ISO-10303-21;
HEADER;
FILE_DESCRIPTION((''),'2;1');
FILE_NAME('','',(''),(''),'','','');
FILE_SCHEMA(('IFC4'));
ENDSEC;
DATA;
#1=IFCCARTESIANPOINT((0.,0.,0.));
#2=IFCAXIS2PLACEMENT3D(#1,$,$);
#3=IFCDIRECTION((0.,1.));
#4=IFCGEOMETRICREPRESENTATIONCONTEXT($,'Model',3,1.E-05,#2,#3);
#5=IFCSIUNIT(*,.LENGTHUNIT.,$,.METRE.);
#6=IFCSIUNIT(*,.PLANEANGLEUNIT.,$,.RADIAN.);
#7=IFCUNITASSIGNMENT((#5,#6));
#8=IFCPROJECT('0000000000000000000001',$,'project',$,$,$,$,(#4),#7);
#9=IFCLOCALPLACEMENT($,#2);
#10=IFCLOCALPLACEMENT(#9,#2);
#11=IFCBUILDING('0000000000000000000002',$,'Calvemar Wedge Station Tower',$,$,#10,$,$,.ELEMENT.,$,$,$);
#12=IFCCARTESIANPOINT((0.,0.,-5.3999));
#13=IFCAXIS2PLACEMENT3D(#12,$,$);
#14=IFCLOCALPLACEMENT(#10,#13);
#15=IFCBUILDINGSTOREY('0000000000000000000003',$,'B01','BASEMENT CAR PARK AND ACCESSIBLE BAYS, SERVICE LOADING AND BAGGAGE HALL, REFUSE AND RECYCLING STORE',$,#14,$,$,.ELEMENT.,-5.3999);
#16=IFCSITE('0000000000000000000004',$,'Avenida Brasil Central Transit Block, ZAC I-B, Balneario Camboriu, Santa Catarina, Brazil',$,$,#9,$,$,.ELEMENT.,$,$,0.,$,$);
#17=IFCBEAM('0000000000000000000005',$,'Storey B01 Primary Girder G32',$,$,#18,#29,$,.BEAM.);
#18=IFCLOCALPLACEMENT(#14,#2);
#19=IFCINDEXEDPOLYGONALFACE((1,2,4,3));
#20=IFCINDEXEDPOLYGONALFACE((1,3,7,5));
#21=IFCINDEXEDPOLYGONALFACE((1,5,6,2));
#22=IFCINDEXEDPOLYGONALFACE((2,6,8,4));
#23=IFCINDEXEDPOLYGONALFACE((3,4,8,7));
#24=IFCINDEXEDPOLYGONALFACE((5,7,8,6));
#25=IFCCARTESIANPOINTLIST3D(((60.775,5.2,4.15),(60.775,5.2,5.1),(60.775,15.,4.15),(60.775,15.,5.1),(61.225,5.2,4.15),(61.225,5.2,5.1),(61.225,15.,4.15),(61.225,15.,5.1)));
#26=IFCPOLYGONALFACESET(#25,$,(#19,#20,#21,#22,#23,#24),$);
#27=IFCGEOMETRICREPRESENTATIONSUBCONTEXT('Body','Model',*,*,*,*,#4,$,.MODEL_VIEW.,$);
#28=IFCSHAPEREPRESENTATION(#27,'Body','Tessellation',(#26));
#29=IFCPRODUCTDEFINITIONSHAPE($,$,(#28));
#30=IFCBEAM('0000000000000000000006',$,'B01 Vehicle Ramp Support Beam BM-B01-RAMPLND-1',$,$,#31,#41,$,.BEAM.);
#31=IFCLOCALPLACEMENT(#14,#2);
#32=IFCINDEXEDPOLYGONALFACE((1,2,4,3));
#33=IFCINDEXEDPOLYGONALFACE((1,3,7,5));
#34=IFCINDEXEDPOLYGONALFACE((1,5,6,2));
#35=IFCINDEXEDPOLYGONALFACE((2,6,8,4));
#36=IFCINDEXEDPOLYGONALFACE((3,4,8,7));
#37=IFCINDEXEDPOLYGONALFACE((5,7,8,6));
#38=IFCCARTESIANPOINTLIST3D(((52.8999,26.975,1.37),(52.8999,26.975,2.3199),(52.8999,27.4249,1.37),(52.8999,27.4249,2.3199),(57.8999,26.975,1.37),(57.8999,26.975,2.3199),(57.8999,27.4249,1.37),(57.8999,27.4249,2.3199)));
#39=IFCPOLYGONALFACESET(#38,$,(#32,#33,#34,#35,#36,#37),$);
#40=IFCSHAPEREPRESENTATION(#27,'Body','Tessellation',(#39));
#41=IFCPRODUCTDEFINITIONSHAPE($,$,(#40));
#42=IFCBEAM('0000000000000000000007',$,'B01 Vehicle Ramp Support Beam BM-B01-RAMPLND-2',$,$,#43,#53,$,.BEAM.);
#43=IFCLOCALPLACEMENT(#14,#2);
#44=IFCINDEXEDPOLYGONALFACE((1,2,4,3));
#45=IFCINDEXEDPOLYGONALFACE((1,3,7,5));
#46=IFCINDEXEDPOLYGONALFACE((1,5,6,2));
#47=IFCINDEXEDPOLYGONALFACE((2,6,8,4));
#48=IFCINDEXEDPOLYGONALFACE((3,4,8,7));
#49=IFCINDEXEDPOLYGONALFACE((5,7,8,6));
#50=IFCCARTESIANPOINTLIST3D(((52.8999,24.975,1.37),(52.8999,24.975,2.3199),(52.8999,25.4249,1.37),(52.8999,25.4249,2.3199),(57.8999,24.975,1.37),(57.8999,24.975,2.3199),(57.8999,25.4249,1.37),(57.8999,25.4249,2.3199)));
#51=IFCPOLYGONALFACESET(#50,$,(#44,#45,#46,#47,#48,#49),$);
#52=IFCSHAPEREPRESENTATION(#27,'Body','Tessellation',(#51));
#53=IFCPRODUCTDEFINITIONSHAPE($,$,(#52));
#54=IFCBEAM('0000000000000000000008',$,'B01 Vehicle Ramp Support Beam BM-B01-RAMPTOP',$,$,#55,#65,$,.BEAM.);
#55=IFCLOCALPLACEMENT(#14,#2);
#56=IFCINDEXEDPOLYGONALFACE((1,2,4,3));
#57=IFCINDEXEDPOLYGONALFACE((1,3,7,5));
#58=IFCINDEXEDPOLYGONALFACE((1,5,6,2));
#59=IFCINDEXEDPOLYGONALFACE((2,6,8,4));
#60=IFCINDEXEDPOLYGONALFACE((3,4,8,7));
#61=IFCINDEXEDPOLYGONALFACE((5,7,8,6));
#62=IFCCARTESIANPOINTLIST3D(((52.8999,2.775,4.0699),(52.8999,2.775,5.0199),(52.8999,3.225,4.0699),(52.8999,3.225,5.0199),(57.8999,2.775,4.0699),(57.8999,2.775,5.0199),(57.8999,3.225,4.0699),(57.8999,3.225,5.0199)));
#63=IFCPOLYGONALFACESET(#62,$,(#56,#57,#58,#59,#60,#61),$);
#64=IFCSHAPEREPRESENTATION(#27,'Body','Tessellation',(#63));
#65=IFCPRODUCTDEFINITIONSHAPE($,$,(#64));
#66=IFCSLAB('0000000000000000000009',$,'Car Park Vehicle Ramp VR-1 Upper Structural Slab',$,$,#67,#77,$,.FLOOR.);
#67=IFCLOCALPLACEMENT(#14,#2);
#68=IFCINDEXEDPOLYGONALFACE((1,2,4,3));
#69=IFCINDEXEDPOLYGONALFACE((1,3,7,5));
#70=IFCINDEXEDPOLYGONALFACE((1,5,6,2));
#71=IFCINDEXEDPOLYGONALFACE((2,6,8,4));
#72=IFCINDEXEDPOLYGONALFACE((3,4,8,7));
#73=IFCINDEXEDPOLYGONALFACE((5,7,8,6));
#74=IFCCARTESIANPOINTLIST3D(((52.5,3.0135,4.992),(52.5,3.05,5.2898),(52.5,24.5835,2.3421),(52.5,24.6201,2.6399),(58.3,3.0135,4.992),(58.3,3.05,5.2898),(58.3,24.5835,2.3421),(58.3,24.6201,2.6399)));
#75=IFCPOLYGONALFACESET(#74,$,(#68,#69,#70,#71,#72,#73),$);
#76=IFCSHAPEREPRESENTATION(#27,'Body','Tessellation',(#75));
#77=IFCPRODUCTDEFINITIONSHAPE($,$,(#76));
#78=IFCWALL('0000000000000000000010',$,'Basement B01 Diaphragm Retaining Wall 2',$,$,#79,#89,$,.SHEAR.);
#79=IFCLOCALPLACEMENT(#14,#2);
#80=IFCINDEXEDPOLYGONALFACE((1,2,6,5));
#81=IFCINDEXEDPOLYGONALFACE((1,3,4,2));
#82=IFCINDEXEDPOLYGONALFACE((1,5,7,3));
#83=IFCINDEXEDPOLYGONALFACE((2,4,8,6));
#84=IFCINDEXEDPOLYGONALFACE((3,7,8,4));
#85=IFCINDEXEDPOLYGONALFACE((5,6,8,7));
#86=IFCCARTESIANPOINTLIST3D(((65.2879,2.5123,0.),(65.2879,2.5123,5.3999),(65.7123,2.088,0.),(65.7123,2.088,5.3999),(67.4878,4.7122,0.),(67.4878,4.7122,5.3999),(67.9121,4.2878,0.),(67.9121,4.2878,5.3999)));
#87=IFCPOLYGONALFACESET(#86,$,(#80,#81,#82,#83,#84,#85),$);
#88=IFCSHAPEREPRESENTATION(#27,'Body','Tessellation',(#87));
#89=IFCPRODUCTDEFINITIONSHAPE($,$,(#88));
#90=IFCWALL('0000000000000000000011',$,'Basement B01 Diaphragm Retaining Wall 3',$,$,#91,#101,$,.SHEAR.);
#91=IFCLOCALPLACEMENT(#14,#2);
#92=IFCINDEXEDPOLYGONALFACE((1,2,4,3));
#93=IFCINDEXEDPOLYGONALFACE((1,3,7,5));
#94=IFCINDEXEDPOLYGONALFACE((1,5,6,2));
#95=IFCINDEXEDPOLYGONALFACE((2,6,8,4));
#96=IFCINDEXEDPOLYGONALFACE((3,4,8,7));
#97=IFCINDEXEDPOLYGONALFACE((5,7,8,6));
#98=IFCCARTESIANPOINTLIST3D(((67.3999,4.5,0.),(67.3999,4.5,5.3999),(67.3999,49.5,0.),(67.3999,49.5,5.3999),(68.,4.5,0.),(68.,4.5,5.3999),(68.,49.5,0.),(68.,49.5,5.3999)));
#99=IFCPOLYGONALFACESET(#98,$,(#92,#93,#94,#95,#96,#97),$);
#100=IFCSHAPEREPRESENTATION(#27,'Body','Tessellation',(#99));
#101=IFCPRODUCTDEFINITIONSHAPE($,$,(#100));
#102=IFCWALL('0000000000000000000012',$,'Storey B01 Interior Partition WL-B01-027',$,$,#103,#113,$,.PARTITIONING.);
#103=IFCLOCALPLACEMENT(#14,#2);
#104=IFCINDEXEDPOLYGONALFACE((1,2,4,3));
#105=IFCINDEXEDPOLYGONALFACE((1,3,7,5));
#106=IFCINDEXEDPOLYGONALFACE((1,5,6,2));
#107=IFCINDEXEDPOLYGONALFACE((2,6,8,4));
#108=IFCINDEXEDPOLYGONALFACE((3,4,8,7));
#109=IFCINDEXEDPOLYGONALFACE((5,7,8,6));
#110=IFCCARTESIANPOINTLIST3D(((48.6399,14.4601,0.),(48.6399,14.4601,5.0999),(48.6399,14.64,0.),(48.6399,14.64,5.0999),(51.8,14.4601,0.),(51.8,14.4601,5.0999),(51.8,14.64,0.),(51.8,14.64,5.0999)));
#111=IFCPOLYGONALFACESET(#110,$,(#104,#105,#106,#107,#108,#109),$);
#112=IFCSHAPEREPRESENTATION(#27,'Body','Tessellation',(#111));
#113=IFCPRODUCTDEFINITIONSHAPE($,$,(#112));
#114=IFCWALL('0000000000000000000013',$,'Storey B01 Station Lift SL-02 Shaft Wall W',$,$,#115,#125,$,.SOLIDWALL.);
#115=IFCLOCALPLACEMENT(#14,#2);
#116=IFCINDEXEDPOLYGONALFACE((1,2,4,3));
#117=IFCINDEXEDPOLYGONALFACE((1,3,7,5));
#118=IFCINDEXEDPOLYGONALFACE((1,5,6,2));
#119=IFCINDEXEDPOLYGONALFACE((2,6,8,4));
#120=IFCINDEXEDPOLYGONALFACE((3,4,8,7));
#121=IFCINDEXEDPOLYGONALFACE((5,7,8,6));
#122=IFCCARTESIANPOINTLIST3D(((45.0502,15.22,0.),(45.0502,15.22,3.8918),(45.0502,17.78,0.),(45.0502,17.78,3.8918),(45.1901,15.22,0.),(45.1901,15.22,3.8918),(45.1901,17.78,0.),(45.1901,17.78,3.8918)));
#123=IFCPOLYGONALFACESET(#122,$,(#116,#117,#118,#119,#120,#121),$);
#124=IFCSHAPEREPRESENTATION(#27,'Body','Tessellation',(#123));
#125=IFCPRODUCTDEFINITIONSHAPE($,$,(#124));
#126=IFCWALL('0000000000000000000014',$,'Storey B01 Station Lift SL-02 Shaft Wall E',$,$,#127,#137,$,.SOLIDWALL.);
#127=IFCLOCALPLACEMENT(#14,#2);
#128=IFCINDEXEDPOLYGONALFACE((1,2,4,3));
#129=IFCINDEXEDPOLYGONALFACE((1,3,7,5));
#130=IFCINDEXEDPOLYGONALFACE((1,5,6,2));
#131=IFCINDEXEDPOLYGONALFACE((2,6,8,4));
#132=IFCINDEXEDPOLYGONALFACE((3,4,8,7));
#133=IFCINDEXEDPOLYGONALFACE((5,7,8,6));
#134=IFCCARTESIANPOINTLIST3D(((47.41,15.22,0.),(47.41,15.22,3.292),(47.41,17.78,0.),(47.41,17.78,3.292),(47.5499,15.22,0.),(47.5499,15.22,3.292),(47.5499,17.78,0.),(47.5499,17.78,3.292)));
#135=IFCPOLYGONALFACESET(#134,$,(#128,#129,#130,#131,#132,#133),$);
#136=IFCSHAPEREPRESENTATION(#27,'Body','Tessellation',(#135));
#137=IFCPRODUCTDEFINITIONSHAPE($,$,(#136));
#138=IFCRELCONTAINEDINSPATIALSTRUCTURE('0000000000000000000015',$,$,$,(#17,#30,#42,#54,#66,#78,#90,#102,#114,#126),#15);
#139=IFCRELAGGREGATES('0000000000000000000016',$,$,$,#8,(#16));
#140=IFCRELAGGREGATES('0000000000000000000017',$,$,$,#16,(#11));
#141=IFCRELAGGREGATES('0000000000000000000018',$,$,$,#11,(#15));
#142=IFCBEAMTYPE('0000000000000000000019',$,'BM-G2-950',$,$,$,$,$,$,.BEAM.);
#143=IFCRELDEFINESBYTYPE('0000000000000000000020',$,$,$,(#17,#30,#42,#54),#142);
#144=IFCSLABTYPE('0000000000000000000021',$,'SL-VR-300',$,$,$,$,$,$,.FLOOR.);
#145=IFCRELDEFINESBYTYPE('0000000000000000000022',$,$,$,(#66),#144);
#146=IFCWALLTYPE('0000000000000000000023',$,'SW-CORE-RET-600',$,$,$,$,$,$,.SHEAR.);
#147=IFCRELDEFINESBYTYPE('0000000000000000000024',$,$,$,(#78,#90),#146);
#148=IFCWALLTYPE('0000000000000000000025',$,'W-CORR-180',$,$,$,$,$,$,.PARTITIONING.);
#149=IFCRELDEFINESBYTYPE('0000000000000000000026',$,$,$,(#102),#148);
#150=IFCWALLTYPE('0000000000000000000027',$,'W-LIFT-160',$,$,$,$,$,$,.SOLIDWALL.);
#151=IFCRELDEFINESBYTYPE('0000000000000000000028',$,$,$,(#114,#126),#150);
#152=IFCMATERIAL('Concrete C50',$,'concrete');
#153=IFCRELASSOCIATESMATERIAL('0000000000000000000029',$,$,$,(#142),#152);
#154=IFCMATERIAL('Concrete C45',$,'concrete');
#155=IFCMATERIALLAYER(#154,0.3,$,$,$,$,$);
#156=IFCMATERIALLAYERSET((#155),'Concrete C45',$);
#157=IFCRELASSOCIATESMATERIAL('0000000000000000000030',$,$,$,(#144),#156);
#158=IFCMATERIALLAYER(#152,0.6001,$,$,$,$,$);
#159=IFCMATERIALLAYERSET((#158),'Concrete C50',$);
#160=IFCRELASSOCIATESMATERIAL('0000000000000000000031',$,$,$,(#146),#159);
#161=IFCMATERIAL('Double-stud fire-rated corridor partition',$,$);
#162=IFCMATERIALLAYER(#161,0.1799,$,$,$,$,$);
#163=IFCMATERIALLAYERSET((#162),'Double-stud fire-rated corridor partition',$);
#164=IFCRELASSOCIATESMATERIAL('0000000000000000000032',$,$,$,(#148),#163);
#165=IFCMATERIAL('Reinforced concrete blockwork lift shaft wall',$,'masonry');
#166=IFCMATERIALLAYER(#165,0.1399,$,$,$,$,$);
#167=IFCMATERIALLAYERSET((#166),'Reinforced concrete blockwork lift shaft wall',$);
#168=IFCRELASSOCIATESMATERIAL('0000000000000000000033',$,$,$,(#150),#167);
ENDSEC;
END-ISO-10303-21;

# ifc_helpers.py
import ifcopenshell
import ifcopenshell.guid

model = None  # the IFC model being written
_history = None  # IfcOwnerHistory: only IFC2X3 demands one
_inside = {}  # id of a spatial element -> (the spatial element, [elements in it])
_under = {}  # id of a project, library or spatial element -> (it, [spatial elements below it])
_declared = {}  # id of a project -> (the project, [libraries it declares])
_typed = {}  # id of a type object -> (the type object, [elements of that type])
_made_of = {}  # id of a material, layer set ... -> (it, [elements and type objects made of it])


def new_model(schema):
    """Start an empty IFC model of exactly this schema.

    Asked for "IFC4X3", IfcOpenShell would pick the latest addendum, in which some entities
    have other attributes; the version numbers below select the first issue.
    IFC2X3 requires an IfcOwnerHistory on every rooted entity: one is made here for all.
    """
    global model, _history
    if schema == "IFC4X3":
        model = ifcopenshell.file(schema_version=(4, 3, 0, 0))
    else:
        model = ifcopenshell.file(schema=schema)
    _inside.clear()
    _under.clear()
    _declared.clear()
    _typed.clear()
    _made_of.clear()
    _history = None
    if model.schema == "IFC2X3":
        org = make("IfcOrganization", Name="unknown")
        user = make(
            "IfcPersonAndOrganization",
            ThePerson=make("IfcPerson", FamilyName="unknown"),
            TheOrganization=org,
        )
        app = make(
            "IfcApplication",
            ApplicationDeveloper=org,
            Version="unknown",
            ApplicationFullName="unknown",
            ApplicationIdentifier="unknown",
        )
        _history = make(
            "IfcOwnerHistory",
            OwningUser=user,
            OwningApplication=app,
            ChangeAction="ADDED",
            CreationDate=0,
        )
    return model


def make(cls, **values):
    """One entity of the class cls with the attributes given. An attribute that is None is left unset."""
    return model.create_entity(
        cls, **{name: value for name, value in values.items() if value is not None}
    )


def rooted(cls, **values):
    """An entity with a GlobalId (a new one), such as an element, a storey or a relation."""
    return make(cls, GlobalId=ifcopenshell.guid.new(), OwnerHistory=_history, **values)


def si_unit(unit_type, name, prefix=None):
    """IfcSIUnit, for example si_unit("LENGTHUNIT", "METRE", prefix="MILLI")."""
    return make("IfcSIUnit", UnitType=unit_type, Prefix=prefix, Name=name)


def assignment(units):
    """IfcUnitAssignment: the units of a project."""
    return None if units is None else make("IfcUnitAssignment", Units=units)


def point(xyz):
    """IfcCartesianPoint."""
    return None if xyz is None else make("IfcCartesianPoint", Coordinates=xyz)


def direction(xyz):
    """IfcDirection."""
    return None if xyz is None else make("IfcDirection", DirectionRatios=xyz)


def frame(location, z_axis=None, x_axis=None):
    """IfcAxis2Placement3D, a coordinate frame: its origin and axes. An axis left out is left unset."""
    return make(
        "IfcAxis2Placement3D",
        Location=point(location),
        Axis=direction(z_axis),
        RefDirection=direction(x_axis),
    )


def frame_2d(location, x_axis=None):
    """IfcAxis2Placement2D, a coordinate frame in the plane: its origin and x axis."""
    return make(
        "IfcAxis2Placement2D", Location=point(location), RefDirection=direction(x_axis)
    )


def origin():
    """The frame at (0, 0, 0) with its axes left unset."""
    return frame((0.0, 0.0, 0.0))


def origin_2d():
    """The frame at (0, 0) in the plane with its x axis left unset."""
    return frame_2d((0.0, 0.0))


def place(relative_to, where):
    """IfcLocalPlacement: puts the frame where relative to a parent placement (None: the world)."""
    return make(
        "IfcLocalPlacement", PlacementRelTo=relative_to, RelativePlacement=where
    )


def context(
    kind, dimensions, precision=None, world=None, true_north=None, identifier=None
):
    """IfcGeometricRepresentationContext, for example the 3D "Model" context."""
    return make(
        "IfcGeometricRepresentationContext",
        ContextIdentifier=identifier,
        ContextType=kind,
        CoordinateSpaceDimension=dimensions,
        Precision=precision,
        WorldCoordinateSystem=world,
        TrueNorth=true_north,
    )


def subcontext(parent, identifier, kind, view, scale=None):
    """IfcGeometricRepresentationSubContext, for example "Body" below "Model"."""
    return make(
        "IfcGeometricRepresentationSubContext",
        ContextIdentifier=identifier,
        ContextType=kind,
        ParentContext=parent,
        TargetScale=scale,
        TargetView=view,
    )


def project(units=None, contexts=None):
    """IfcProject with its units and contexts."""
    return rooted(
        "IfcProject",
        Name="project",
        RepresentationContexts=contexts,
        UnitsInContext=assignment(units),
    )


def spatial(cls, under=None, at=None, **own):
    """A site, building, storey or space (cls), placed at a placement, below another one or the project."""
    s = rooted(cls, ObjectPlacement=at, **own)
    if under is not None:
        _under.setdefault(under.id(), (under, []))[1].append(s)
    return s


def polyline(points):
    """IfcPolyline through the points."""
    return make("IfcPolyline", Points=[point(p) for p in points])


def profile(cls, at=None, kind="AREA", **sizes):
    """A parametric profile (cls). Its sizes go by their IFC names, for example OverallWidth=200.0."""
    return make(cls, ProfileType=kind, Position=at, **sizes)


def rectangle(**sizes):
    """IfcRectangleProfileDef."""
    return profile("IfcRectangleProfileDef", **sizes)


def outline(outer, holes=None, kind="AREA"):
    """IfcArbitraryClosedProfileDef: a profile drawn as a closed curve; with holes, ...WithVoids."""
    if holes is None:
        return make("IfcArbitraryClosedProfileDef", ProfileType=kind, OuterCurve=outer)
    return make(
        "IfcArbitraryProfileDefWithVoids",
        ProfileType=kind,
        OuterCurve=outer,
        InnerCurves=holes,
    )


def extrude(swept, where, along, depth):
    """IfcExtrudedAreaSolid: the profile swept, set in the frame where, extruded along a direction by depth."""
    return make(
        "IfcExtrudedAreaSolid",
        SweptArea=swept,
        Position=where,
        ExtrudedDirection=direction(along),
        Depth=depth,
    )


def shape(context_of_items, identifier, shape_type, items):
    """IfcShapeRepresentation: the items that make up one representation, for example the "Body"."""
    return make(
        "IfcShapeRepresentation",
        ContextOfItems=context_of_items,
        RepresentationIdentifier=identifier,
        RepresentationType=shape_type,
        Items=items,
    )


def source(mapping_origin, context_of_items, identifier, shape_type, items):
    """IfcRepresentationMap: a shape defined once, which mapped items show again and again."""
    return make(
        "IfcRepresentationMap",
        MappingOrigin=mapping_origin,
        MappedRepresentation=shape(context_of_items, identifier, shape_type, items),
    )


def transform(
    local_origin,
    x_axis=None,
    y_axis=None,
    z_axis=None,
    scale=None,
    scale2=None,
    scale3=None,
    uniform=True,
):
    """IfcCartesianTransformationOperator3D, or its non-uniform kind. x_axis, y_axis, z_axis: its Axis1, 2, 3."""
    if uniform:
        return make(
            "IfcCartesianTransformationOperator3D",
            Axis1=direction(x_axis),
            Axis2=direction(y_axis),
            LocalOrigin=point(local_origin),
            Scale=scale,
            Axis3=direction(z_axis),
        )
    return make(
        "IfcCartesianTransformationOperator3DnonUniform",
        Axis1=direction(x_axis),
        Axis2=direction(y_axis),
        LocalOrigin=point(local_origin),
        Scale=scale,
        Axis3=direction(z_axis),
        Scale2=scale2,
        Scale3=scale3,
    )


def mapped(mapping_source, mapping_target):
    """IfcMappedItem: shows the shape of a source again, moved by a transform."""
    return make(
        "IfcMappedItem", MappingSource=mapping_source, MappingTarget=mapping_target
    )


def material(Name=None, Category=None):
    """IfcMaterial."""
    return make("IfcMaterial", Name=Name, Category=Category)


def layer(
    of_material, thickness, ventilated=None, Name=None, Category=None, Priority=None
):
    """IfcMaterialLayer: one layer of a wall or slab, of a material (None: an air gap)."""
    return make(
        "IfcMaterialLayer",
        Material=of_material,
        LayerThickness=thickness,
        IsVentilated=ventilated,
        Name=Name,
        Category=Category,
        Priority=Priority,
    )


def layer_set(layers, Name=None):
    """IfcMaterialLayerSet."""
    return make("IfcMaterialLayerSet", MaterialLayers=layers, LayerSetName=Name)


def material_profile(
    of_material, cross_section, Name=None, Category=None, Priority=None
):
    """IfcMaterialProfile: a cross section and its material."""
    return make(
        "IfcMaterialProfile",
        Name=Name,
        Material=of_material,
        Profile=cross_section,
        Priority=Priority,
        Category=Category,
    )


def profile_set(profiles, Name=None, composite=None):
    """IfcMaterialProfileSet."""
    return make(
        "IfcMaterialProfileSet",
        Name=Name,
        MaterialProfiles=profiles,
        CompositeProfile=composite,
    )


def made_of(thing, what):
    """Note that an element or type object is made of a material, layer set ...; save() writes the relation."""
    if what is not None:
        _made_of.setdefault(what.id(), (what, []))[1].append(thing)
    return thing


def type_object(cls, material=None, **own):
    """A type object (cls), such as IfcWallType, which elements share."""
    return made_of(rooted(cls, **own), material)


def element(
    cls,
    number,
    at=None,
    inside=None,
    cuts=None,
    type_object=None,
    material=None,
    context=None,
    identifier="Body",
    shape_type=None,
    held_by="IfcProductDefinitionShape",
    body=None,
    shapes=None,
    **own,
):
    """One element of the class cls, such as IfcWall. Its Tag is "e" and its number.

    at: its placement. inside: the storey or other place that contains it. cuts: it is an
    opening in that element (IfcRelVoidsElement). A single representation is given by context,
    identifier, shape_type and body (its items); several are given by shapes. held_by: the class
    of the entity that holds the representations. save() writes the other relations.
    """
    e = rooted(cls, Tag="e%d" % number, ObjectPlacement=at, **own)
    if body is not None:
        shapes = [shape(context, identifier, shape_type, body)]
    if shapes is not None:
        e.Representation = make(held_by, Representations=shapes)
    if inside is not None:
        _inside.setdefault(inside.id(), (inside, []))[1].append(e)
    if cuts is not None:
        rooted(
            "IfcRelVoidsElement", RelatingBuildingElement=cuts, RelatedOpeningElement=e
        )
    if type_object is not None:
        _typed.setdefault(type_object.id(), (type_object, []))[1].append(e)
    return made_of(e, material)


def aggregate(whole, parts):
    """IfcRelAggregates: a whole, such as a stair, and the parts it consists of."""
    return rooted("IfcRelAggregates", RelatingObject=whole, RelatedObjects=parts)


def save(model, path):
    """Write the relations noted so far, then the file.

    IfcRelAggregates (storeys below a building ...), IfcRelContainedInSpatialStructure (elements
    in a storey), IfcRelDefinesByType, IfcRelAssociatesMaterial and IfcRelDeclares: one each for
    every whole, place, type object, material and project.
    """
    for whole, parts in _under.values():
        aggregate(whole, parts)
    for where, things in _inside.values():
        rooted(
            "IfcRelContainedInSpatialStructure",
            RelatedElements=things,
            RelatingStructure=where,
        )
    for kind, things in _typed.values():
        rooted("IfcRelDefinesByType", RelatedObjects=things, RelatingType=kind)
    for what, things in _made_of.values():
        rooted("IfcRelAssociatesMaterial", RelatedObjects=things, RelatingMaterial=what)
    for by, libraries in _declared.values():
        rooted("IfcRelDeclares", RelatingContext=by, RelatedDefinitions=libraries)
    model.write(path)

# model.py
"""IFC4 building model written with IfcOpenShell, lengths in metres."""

from ifc_helpers import new_model, si_unit, direction, frame, frame_2d, origin, origin_2d, place, context, subcontext, project, spatial, polyline, rectangle, outline, extrude, source, transform, mapped, material, layer, layer_set, material_profile, profile_set, type_object, element, save


model = new_model("IFC4")

# Units and contexts
model_context = context("Model", 3, precision=1e-05, world=origin(), true_north=direction((0.0, 1.0)))
body_context = subcontext(model_context, "Body", "Model", "MODEL_VIEW")
ifc_project = project(units=[si_unit("LENGTHUNIT", "METRE"), si_unit("PLANEANGLEUNIT", "RADIAN")], contexts=[model_context])

# Site, building, storey
site_placement = place(None, origin())
site = spatial("IfcSite", under=ifc_project, at=site_placement, Name="Avenida Brasil Central Transit Block, ZAC I-B, Balneario Camboriu, Santa Catarina, Brazil", CompositionType="ELEMENT", RefElevation=0.0)
building_placement = place(site_placement, origin())
building = spatial("IfcBuilding", under=site, at=building_placement, Name="Calvemar Wedge Station Tower", CompositionType="ELEMENT")
storey_placement = place(building_placement, frame((0.0, 0.0, -5.3999)))
storey = spatial("IfcBuildingStorey", under=building, at=storey_placement, Name="B01", Description="BASEMENT CAR PARK AND ACCESSIBLE BAYS, SERVICE LOADING AND BAGGAGE HALL, REFUSE AND RECYCLING STORE", CompositionType="ELEMENT", Elevation=-5.3999)

# Shared definitions
ifc_material_1 = material(Name="Concrete C50", Category="concrete")

# Beams
ifc_material_profile_1 = material_profile(ifc_material_1, rectangle(XDim=0.45, YDim=0.95, at=origin_2d()), Name="RC450x950")
ifc_profile_set_1 = profile_set([ifc_material_profile_1], Name="Concrete C50")
beam_type_1 = type_object("IfcBeamType", Name="BM-G2-950", PredefinedType="BEAM", material=ifc_profile_set_1)
shared_shape_1 = source(origin(), body_context, "Body", "SweptSolid", [
    extrude(rectangle(XDim=0.45, YDim=0.95, at=origin_2d()), origin(), (0.0, 0.0, 1.0), 9.8),
])
for number, where, z_axis, x_axis, name in (
    (1, (61.0, 5.2, 4.625), (0.0, 1.0, 0.0), (-1.0, 0.0, 0.0), "Storey B01 Primary Girder G32"),
):
    element("IfcBeam", number, at=place(storey_placement, frame(where, z_axis=z_axis, x_axis=x_axis)), inside=storey, type_object=beam_type_1, Name=name, PredefinedType="BEAM", context=body_context, shape_type="MappedRepresentation", body=[
        mapped(shared_shape_1, transform((0.0, 0.0, 0.0), scale=1.0)),
    ])
shared_shape_2 = source(origin(), body_context, "Body", "SweptSolid", [
    extrude(rectangle(XDim=0.45, YDim=0.95, at=origin_2d()), origin(), (0.0, 0.0, 1.0), 5.0),
])
for number, where, z_axis, x_axis, name in (
    (2, (52.8999, 27.2, 1.845), (1.0, 0.0, 0.0), (0.0, 1.0, 0.0), "B01 Vehicle Ramp Support Beam BM-B01-RAMPLND-1"),
    (3, (52.8999, 25.2, 1.845), (1.0, 0.0, 0.0), (0.0, 1.0, 0.0), "B01 Vehicle Ramp Support Beam BM-B01-RAMPLND-2"),
    (4, (52.8999, 3.0, 4.5449), (1.0, 0.0, 0.0), (0.0, 1.0, 0.0), "B01 Vehicle Ramp Support Beam BM-B01-RAMPTOP"),
):
    element("IfcBeam", number, at=place(storey_placement, frame(where, z_axis=z_axis, x_axis=x_axis)), inside=storey, type_object=beam_type_1, Name=name, PredefinedType="BEAM", context=body_context, shape_type="MappedRepresentation", body=[
        mapped(shared_shape_2, transform((0.0, 0.0, 0.0), scale=1.0)),
    ])

# Slab
ifc_material_2 = material(Name="Concrete C45", Category="concrete")
ifc_layer_1 = layer(ifc_material_2, 0.3)
ifc_layer_set_1 = layer_set([ifc_layer_1], Name="Concrete C45")
slab_type = type_object("IfcSlabType", Name="SL-VR-300", PredefinedType="FLOOR", material=ifc_layer_set_1)
slab_placement = place(storey_placement, frame((52.5, 24.6201, 2.6399), z_axis=(0.0, 0.121934, 0.992538), x_axis=(1.0, 0.0, 0.0)))
element("IfcSlab", 5, at=slab_placement, inside=storey, type_object=slab_type, Name="Car Park Vehicle Ramp VR-1 Upper Structural Slab", PredefinedType="FLOOR", context=body_context, shape_type="SweptSolid", body=[
    extrude(outline(polyline([(0.0, 0.0), (5.8, 0.0), (5.8, -21.7322), (0.0, -21.7322), (0.0, 0.0)])), origin(), (0.0, 0.0, -1.0), 0.3),
])

# Walls
ifc_layer_2 = layer(ifc_material_1, 0.6001)
ifc_layer_set_2 = layer_set([ifc_layer_2], Name="Concrete C50")
wall_type_1 = type_object("IfcWallType", Name="SW-CORE-RET-600", PredefinedType="SHEAR", material=ifc_layer_set_2)
wall_1_placement = place(storey_placement, frame((65.5, 2.3, 0.0), z_axis=(0.0, 0.0, 1.0), x_axis=(0.707107, 0.707107, 0.0)))
element("IfcWall", 6, at=wall_1_placement, inside=storey, type_object=wall_type_1, Name="Basement B01 Diaphragm Retaining Wall 2", PredefinedType="SHEAR", context=body_context, shape_type="SweptSolid", body=[
    extrude(rectangle(XDim=3.1111, YDim=0.6001, at=frame_2d((1.5557, 0.0))), origin(), (0.0, 0.0, 1.0), 5.3999),
])
wall_2_placement = place(storey_placement, frame((67.7, 4.5, 0.0), z_axis=(0.0, 0.0, 1.0), x_axis=(0.0, 1.0, 0.0)))
element("IfcWall", 7, at=wall_2_placement, inside=storey, type_object=wall_type_1, Name="Basement B01 Diaphragm Retaining Wall 3", PredefinedType="SHEAR", context=body_context, shape_type="SweptSolid", body=[
    extrude(rectangle(XDim=45.0, YDim=0.6001, at=frame_2d((22.5, 0.0))), origin(), (0.0, 0.0, 1.0), 5.3999),
])

# Shared definitions
ifc_material_3 = material(Name="Double-stud fire-rated corridor partition")
ifc_layer_3 = layer(ifc_material_3, 0.1799)
ifc_layer_set_3 = layer_set([ifc_layer_3], Name="Double-stud fire-rated corridor partition")
wall_type_2 = type_object("IfcWallType", Name="W-CORR-180", PredefinedType="PARTITIONING", material=ifc_layer_set_3)

# Wall
wall_3_placement = place(storey_placement, frame((51.8, 14.55, 0.0), z_axis=(0.0, 0.0, 1.0), x_axis=(-1.0, 0.0, 0.0)))
element("IfcWall", 8, at=wall_3_placement, inside=storey, type_object=wall_type_2, Name="Storey B01 Interior Partition WL-B01-027", PredefinedType="PARTITIONING", context=body_context, shape_type="SweptSolid", body=[
    extrude(rectangle(XDim=3.1602, YDim=0.1799, at=frame_2d((1.5801, 0.0))), origin(), (0.0, 0.0, 1.0), 5.0999),
])

# Shared definitions
ifc_material_4 = material(Name="Reinforced concrete blockwork lift shaft wall", Category="masonry")
ifc_layer_4 = layer(ifc_material_4, 0.1399)
ifc_layer_set_4 = layer_set([ifc_layer_4], Name="Reinforced concrete blockwork lift shaft wall")
wall_type_3 = type_object("IfcWallType", Name="W-LIFT-160", PredefinedType="SOLIDWALL", material=ifc_layer_set_4)

# Walls
wall_4_placement = place(storey_placement, frame((45.1201, 15.22, 0.0), z_axis=(0.0, 0.0, 1.0), x_axis=(0.0, 1.0, 0.0)))
element("IfcWall", 9, at=wall_4_placement, inside=storey, type_object=wall_type_3, Name="Storey B01 Station Lift SL-02 Shaft Wall W", PredefinedType="SOLIDWALL", context=body_context, shape_type="SweptSolid", body=[
    extrude(rectangle(XDim=2.5601, YDim=0.1399, at=frame_2d((1.28, 0.0))), origin(), (0.0, 0.0, 1.0), 3.8918),
])
wall_5_placement = place(storey_placement, frame((47.48, 15.22, 0.0), z_axis=(0.0, 0.0, 1.0), x_axis=(0.0, 1.0, 0.0)))
element("IfcWall", 10, at=wall_5_placement, inside=storey, type_object=wall_type_3, Name="Storey B01 Station Lift SL-02 Shaft Wall E", PredefinedType="SOLIDWALL", context=body_context, shape_type="SweptSolid", body=[
    extrude(rectangle(XDim=2.5601, YDim=0.1399, at=frame_2d((1.28, 0.0))), origin(), (0.0, 0.0, 1.0), 3.292),
])

save(model, "model.ifc")
